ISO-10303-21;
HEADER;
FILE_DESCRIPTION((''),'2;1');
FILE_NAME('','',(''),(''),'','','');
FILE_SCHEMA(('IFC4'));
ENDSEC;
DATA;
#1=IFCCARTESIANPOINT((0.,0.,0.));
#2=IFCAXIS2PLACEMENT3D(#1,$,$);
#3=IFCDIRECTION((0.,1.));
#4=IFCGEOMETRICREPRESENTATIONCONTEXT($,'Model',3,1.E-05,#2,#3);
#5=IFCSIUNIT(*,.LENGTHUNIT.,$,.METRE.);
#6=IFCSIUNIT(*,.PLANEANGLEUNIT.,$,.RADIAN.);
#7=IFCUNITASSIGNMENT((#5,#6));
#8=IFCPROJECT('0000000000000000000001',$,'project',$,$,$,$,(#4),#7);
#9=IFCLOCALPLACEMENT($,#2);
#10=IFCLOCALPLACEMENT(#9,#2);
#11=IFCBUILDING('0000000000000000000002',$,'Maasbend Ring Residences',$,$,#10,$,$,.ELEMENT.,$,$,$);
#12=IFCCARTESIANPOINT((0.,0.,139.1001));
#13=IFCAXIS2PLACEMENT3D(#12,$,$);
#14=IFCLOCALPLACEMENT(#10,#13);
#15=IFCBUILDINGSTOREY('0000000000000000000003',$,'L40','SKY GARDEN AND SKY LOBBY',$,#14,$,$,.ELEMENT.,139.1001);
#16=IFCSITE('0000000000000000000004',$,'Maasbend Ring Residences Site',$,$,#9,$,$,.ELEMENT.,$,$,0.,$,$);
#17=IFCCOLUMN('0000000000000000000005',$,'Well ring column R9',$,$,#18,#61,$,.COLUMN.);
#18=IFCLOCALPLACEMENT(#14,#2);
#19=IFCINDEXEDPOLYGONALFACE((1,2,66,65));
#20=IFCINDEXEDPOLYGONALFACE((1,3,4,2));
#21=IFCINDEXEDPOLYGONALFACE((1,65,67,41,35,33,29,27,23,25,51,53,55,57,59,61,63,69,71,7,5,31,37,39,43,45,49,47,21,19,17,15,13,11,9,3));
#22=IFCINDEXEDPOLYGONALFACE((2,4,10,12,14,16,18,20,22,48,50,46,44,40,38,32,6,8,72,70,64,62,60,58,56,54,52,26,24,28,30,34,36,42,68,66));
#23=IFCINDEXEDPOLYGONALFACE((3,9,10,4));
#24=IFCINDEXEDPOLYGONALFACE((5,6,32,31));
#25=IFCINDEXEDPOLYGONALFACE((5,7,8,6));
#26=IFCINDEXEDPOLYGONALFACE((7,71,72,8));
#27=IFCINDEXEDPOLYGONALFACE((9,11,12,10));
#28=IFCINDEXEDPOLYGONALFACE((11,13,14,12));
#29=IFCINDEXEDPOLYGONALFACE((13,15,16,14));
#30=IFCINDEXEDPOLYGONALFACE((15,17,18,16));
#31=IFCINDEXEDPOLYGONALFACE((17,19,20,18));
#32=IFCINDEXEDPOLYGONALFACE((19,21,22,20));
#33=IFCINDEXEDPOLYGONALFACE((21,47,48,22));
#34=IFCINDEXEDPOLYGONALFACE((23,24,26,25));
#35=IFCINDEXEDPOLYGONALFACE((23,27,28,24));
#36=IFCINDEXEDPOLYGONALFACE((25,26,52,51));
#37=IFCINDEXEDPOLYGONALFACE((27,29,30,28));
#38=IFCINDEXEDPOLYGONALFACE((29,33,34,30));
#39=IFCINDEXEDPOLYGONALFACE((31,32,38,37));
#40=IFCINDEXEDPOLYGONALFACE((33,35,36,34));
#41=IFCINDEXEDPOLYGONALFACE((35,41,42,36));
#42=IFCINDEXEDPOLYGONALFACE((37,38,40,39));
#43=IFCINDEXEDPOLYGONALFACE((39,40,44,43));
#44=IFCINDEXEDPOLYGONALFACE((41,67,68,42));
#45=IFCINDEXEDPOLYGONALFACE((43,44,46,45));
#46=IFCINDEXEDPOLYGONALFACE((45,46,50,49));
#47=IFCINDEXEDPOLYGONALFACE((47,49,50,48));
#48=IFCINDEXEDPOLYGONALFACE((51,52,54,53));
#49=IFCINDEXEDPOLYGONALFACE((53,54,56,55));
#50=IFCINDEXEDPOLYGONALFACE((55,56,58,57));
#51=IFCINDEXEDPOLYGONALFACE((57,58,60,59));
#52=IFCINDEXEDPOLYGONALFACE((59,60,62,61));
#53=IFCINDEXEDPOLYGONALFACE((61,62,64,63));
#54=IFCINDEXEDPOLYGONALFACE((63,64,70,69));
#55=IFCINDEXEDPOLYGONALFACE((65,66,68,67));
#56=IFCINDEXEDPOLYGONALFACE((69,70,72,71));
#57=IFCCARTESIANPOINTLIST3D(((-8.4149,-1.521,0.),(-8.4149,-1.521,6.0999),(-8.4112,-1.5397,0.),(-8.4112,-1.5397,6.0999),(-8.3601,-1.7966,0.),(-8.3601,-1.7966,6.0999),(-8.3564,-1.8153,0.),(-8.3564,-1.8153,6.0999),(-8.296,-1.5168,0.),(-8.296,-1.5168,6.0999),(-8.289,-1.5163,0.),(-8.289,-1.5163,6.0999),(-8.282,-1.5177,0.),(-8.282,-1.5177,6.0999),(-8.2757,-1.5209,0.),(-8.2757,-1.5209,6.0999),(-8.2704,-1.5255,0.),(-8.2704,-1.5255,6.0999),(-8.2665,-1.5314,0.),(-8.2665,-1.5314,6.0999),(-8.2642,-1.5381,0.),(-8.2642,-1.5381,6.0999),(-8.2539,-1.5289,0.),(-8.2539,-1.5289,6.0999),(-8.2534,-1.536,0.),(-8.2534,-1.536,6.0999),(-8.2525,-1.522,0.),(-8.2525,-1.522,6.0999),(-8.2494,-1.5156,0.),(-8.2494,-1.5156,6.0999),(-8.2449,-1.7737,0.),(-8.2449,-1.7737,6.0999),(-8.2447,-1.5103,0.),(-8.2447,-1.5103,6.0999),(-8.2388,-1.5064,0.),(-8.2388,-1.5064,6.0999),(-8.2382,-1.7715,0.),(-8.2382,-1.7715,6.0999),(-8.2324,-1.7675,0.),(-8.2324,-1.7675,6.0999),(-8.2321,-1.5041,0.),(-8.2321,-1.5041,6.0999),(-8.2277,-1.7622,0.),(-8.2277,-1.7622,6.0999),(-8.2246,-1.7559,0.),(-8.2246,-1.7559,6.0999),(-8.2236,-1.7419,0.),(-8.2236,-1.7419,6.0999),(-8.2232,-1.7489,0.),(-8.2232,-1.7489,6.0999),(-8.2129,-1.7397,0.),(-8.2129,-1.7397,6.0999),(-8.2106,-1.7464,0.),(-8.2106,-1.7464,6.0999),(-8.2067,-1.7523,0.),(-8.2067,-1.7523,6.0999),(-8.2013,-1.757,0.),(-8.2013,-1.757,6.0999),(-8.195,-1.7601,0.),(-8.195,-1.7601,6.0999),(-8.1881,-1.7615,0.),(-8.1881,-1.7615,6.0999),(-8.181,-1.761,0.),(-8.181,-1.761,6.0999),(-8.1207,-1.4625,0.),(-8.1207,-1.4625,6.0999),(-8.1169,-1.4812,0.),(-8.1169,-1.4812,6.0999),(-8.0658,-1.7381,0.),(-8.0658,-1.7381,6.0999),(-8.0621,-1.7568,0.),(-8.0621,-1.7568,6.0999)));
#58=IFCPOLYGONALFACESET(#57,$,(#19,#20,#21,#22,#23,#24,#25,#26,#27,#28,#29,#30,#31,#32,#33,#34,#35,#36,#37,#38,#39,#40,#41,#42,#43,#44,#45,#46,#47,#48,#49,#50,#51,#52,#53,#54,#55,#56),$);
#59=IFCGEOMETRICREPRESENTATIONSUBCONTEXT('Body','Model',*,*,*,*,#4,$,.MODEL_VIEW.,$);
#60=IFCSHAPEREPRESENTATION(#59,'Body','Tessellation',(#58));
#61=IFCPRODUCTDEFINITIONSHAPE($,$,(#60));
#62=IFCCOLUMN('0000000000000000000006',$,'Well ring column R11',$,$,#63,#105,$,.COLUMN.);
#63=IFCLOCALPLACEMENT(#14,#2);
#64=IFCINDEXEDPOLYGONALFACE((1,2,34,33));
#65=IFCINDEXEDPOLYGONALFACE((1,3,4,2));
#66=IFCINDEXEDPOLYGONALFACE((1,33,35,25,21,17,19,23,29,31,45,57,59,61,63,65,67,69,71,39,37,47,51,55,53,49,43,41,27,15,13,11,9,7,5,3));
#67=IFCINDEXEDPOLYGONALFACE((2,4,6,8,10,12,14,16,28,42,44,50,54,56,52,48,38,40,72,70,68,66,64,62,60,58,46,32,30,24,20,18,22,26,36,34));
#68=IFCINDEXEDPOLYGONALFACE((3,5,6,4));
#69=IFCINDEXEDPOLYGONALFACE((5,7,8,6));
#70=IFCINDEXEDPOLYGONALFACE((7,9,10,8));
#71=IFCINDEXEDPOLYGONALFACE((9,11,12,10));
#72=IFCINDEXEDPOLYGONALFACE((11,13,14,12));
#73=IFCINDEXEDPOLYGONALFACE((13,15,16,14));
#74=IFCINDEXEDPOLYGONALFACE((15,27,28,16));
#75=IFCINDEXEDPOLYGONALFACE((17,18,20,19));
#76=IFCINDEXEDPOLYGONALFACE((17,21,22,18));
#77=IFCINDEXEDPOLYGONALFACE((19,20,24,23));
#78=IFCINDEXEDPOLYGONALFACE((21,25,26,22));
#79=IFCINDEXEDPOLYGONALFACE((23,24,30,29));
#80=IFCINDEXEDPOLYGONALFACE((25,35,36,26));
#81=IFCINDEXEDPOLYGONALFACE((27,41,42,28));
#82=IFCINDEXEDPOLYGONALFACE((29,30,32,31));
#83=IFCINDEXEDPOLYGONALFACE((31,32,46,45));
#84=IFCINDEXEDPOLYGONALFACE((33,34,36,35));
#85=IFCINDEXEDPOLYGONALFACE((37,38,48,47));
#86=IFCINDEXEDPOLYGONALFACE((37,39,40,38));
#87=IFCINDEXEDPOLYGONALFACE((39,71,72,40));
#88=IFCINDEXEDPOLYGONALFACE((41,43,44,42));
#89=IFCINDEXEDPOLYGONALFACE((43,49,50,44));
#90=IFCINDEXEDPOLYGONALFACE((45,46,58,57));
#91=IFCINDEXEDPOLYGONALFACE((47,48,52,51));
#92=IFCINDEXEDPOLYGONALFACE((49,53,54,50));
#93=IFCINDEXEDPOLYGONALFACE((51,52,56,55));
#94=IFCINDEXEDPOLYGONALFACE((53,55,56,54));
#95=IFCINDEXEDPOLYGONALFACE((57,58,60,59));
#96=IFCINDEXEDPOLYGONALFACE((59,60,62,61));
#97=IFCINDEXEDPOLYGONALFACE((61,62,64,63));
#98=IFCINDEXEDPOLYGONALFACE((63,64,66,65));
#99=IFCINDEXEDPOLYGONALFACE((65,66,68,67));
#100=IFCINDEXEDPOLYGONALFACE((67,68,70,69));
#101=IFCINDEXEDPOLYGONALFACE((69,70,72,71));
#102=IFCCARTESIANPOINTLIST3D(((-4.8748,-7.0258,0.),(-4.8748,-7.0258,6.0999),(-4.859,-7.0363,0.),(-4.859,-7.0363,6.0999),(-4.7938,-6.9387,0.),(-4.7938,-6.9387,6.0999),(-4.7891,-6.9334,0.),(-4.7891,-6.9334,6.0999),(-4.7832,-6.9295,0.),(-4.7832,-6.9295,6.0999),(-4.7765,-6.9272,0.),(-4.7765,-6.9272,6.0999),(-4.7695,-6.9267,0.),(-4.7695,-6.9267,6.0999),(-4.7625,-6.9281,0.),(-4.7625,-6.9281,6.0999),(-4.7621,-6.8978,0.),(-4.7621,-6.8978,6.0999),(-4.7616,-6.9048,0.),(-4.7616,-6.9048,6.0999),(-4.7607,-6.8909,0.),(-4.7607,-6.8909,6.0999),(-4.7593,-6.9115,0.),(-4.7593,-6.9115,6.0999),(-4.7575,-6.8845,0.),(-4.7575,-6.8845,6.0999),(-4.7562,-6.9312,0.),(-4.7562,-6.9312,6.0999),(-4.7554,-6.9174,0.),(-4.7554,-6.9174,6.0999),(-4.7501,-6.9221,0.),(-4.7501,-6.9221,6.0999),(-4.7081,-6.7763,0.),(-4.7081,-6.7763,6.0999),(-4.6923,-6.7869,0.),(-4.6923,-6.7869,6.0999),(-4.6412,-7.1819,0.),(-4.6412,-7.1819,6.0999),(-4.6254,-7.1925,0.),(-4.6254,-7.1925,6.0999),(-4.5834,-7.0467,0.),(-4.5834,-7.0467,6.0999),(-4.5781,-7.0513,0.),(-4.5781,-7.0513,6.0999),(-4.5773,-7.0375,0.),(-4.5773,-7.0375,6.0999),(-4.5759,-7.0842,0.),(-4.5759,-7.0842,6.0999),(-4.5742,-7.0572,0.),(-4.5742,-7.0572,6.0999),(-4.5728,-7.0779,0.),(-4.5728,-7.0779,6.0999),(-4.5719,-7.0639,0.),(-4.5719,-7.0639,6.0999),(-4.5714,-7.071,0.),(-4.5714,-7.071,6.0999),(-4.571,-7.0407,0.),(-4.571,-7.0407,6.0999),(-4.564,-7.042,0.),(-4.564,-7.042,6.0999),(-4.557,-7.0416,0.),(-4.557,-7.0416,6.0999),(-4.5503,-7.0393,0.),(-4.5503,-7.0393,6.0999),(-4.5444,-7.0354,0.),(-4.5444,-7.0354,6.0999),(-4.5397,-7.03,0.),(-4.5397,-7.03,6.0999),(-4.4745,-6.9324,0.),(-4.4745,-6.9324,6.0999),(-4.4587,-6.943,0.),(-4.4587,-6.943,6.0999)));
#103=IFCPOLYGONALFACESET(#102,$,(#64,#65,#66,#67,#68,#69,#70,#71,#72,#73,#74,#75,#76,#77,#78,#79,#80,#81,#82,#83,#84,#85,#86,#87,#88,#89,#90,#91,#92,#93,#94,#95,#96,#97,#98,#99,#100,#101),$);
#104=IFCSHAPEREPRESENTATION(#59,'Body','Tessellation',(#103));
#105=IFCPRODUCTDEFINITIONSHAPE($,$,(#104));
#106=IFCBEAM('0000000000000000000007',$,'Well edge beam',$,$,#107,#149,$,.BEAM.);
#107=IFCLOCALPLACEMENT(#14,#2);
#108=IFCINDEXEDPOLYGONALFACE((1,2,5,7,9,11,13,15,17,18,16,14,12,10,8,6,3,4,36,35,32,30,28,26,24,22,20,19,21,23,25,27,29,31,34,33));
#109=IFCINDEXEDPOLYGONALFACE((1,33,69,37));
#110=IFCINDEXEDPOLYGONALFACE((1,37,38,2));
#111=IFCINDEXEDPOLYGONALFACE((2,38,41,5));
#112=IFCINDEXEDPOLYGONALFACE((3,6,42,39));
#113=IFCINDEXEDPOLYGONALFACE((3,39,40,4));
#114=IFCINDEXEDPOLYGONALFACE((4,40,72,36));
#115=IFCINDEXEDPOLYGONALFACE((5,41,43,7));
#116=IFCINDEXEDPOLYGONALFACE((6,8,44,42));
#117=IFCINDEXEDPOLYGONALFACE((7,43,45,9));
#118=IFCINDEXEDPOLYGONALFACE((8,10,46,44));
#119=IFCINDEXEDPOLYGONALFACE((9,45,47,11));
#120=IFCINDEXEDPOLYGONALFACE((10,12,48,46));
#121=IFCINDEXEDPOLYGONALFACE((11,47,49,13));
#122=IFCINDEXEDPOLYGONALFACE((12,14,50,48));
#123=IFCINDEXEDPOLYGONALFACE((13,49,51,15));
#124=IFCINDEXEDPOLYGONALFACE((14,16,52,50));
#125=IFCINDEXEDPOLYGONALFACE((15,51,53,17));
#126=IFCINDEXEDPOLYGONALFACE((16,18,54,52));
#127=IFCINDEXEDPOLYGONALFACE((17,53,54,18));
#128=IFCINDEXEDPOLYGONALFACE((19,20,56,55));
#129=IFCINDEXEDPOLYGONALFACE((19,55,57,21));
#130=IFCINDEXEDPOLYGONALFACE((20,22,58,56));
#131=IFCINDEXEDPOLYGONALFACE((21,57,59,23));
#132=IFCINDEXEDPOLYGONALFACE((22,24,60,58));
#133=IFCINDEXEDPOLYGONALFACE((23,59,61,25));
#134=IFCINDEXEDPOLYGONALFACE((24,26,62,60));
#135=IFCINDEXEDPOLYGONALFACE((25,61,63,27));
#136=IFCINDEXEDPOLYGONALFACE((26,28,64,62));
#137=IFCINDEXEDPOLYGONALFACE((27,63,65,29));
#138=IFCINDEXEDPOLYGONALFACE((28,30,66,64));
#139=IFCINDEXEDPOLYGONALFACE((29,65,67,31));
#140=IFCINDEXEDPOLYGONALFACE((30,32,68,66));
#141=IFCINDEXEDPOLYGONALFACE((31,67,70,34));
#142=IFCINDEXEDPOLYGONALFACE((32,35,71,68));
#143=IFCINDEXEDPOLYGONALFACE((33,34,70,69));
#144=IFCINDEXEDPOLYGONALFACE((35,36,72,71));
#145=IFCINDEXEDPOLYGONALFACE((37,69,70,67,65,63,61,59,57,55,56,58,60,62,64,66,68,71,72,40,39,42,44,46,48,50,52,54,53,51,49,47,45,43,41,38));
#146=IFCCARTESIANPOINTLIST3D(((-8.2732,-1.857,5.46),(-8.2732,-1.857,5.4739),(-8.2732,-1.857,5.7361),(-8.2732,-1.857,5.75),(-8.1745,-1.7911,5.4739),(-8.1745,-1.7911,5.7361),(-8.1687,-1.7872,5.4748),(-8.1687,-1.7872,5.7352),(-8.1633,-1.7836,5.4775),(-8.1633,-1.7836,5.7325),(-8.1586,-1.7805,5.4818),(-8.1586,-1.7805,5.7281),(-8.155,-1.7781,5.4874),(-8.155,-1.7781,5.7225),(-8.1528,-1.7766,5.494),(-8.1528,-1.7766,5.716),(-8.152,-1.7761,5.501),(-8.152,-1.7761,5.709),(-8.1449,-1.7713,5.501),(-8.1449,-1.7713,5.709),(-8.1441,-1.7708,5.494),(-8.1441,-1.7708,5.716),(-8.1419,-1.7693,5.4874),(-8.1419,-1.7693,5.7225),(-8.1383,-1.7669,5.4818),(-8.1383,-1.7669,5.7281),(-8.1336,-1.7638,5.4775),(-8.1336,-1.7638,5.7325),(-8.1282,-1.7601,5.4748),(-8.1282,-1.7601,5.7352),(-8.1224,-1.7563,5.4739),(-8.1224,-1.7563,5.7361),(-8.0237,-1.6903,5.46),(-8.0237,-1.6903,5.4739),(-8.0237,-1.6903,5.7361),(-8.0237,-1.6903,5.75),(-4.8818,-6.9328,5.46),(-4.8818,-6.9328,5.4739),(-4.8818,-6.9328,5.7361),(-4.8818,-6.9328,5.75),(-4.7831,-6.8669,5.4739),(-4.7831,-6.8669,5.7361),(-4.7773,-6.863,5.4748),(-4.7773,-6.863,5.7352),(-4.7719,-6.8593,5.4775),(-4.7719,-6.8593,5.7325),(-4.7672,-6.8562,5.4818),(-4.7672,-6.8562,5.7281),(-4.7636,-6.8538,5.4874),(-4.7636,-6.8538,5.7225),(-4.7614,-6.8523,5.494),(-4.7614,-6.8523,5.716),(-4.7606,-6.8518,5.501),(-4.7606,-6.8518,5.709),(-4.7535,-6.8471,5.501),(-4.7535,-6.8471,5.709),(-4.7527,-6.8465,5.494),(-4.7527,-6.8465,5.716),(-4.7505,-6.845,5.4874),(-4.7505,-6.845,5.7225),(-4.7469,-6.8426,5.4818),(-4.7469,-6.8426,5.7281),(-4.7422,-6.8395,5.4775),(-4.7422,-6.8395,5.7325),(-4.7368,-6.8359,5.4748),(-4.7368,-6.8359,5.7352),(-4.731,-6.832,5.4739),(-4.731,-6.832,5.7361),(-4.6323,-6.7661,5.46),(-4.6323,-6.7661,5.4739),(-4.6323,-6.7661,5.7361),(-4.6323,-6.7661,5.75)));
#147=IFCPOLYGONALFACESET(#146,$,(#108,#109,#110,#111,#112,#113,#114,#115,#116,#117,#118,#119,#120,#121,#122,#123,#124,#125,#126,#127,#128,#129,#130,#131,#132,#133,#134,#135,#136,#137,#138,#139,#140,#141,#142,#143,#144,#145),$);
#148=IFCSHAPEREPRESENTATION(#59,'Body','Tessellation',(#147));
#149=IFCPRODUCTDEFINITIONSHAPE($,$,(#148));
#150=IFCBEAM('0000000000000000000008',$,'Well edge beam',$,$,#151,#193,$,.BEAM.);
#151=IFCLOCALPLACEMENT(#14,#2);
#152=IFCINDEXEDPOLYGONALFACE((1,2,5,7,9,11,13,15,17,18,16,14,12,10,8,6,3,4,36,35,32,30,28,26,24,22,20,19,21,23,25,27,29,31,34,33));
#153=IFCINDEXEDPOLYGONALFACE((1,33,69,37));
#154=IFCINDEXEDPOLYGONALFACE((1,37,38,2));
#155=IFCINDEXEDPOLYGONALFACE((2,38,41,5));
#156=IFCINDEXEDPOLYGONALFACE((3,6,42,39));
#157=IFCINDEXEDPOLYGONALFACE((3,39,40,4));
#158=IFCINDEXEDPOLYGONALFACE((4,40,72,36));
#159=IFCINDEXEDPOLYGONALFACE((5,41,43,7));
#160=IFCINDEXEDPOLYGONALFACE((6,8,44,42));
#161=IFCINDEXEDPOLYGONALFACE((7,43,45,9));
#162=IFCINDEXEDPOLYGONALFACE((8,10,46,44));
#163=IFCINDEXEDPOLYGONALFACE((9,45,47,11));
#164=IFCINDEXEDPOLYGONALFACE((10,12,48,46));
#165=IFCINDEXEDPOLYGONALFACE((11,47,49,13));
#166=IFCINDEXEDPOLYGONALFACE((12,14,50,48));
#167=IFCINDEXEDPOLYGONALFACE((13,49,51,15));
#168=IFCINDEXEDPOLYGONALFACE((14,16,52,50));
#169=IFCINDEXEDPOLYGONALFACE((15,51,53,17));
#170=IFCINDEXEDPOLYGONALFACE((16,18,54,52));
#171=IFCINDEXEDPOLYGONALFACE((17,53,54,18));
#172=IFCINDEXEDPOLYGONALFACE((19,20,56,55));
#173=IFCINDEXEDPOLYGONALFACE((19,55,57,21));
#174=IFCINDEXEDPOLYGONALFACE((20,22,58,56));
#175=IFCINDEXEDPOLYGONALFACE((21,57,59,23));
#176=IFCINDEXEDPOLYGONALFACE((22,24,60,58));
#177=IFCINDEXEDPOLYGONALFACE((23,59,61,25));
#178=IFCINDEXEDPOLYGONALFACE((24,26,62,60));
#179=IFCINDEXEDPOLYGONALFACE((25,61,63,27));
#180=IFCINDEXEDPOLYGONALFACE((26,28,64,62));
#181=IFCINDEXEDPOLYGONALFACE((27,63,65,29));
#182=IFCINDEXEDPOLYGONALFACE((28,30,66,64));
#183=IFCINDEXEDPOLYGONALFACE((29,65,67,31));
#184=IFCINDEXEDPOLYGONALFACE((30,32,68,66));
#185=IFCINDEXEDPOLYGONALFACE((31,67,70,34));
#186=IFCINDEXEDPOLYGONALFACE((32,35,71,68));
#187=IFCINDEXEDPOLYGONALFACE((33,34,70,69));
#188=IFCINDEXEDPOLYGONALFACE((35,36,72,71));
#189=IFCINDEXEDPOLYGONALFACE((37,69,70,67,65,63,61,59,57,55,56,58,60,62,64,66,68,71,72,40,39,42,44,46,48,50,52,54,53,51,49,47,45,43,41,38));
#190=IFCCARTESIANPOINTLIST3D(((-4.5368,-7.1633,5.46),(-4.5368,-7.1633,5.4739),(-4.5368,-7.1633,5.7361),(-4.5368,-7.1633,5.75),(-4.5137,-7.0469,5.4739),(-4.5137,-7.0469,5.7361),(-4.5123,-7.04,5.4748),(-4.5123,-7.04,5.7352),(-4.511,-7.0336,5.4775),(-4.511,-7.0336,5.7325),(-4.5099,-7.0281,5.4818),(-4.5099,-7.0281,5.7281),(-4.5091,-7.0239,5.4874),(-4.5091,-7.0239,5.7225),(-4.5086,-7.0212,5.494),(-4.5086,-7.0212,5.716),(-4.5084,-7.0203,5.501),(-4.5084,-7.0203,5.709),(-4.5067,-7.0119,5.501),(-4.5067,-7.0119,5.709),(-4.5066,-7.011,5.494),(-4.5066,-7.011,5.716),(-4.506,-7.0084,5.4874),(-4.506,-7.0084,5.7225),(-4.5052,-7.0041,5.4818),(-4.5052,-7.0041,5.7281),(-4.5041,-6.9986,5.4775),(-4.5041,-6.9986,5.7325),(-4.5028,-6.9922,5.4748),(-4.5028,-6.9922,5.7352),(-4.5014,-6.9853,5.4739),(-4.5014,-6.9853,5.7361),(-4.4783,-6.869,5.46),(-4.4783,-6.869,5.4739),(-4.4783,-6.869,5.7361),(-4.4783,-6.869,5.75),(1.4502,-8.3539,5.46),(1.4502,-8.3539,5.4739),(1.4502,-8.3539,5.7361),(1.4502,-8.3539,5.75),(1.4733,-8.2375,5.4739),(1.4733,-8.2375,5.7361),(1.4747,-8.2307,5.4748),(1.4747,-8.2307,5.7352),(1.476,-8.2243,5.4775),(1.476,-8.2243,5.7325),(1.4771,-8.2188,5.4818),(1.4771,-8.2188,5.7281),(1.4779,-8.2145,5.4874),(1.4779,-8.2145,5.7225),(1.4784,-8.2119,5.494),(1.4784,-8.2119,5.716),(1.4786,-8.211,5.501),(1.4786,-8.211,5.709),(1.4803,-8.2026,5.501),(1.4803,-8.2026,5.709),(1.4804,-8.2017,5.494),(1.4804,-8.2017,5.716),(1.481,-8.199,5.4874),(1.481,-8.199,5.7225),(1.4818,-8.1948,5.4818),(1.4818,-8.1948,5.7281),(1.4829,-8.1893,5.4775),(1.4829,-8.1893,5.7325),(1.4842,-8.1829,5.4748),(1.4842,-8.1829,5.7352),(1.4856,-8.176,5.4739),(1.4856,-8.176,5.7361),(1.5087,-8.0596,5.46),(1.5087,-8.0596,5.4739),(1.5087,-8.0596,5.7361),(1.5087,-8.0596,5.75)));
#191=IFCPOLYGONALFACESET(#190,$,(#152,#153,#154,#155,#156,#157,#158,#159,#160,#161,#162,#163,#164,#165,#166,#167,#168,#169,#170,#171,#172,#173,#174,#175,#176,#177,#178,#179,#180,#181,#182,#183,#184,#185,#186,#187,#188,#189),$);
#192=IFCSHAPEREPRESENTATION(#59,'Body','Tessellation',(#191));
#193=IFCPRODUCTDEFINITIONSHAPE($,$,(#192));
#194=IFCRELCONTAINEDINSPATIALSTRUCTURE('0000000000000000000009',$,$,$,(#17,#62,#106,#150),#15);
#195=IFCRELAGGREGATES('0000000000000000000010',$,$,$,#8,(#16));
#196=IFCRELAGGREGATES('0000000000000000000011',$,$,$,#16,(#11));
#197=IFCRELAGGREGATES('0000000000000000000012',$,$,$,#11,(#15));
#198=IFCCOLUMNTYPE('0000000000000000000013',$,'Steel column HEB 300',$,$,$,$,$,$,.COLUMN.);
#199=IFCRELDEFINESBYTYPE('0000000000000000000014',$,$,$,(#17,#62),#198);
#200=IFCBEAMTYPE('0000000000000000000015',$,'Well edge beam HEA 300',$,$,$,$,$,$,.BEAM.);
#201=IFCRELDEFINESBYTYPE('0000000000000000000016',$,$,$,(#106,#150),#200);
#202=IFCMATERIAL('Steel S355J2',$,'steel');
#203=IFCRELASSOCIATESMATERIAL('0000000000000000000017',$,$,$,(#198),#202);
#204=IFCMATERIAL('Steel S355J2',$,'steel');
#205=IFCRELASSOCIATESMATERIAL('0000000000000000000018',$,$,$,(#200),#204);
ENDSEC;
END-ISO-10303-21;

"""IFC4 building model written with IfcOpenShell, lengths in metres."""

from ifc_helpers import new_model, si_unit, direction, frame, origin, origin_2d, place, context, subcontext, project, spatial, i_section, extrude, material, material_profile, profile_set, type_object, element, save


model = new_model("IFC4")

# Units and contexts
model_context = context("Model", 3, precision=1e-05, world=origin(), true_north=direction((0.0, 1.0)))
body_context = subcontext(model_context, "Body", "Model", "MODEL_VIEW")
ifc_project = project(units=[si_unit("LENGTHUNIT", "METRE"), si_unit("PLANEANGLEUNIT", "RADIAN")], contexts=[model_context])

# Site, building, storey
site_placement = place(None, origin())
site = spatial("IfcSite", under=ifc_project, at=site_placement, Name="Maasbend Ring Residences Site", CompositionType="ELEMENT", RefElevation=0.0)
building_placement = place(site_placement, origin())
building = spatial("IfcBuilding", under=site, at=building_placement, Name="Maasbend Ring Residences", CompositionType="ELEMENT")
storey_placement = place(building_placement, frame((0.0, 0.0, 139.1001)))
storey = spatial("IfcBuildingStorey", under=building, at=storey_placement, Name="L40", Description="SKY GARDEN AND SKY LOBBY", CompositionType="ELEMENT", Elevation=139.1001)

# Columns
ifc_material_1 = material(Name="Steel S355J2", Category="steel")
ifc_material_profile_1 = material_profile(ifc_material_1, i_section(OverallWidth=0.3, OverallDepth=0.3, WebThickness=0.011, FlangeThickness=0.019, FilletRadius=0.0271, at=origin_2d()), Name="HEB 300")
ifc_profile_set_1 = profile_set([ifc_material_profile_1], Name="Steel S355J2")
column_type = type_object("IfcColumnType", Name="Steel column HEB 300", PredefinedType="COLUMN", material=ifc_profile_set_1)
for number, where, z_axis, x_axis, name in (
    (1, (-8.2385, -1.6389, 0.0), (0.0, 0.0, 1.0), (-0.980785, -0.19509, 0.0), "Well ring column R9"),
    (2, (-4.6667, -6.9844, 0.0), (0.0, 0.0, 1.0), (-0.55557, -0.83147, 0.0), "Well ring column R11"),
):
    element("IfcColumn", number, at=place(storey_placement, frame(where, z_axis=z_axis, x_axis=x_axis)), inside=storey, type_object=column_type, Name=name, PredefinedType="COLUMN", context=body_context, shape_type="SweptSolid", body=[
        extrude(i_section(OverallWidth=0.3, OverallDepth=0.3, WebThickness=0.011, FlangeThickness=0.019, FilletRadius=0.0271, at=origin_2d()), origin(), (0.0, 0.0, 1.0), 6.0999),
    ])

# Beams
ifc_material_2 = material(Name="Steel S355J2", Category="steel")
ifc_material_profile_2 = material_profile(ifc_material_2, i_section(OverallWidth=0.3, OverallDepth=0.29, WebThickness=0.0085, FlangeThickness=0.0139, FilletRadius=0.0271, at=origin_2d()), Name="HEA 300")
ifc_profile_set_2 = profile_set([ifc_material_profile_2], Name="Steel S355J2")
beam_type = type_object("IfcBeamType", Name="Well edge beam HEA 300", PredefinedType="BEAM", material=ifc_profile_set_2)
beam_1_placement = place(storey_placement, frame((-8.1484, -1.7737, 5.605), z_axis=(0.555558, -0.831478, 0.0), x_axis=(0.831478, 0.555558, 0.0)))
element("IfcBeam", 3, at=beam_1_placement, inside=storey, type_object=beam_type, Name="Well edge beam", PredefinedType="BEAM", context=body_context, shape_type="SweptSolid", body=[
    extrude(i_section(OverallWidth=0.3, OverallDepth=0.29, WebThickness=0.0085, FlangeThickness=0.0139, FilletRadius=0.0271, at=origin_2d()), origin(), (0.0, 0.0, 1.0), 6.1045),
])
beam_2_placement = place(storey_placement, frame((-4.5076, -7.0161, 5.605), z_axis=(0.980792, -0.195055, 0.0), x_axis=(0.195055, 0.980792, 0.0)))
element("IfcBeam", 4, at=beam_2_placement, inside=storey, type_object=beam_type, Name="Well edge beam", PredefinedType="BEAM", context=body_context, shape_type="SweptSolid", body=[
    extrude(i_section(OverallWidth=0.3, OverallDepth=0.29, WebThickness=0.0085, FlangeThickness=0.0139, FilletRadius=0.0271, at=origin_2d()), origin(), (0.0, 0.0, 1.0), 6.1042),
])

save(model, "model.ifc")
